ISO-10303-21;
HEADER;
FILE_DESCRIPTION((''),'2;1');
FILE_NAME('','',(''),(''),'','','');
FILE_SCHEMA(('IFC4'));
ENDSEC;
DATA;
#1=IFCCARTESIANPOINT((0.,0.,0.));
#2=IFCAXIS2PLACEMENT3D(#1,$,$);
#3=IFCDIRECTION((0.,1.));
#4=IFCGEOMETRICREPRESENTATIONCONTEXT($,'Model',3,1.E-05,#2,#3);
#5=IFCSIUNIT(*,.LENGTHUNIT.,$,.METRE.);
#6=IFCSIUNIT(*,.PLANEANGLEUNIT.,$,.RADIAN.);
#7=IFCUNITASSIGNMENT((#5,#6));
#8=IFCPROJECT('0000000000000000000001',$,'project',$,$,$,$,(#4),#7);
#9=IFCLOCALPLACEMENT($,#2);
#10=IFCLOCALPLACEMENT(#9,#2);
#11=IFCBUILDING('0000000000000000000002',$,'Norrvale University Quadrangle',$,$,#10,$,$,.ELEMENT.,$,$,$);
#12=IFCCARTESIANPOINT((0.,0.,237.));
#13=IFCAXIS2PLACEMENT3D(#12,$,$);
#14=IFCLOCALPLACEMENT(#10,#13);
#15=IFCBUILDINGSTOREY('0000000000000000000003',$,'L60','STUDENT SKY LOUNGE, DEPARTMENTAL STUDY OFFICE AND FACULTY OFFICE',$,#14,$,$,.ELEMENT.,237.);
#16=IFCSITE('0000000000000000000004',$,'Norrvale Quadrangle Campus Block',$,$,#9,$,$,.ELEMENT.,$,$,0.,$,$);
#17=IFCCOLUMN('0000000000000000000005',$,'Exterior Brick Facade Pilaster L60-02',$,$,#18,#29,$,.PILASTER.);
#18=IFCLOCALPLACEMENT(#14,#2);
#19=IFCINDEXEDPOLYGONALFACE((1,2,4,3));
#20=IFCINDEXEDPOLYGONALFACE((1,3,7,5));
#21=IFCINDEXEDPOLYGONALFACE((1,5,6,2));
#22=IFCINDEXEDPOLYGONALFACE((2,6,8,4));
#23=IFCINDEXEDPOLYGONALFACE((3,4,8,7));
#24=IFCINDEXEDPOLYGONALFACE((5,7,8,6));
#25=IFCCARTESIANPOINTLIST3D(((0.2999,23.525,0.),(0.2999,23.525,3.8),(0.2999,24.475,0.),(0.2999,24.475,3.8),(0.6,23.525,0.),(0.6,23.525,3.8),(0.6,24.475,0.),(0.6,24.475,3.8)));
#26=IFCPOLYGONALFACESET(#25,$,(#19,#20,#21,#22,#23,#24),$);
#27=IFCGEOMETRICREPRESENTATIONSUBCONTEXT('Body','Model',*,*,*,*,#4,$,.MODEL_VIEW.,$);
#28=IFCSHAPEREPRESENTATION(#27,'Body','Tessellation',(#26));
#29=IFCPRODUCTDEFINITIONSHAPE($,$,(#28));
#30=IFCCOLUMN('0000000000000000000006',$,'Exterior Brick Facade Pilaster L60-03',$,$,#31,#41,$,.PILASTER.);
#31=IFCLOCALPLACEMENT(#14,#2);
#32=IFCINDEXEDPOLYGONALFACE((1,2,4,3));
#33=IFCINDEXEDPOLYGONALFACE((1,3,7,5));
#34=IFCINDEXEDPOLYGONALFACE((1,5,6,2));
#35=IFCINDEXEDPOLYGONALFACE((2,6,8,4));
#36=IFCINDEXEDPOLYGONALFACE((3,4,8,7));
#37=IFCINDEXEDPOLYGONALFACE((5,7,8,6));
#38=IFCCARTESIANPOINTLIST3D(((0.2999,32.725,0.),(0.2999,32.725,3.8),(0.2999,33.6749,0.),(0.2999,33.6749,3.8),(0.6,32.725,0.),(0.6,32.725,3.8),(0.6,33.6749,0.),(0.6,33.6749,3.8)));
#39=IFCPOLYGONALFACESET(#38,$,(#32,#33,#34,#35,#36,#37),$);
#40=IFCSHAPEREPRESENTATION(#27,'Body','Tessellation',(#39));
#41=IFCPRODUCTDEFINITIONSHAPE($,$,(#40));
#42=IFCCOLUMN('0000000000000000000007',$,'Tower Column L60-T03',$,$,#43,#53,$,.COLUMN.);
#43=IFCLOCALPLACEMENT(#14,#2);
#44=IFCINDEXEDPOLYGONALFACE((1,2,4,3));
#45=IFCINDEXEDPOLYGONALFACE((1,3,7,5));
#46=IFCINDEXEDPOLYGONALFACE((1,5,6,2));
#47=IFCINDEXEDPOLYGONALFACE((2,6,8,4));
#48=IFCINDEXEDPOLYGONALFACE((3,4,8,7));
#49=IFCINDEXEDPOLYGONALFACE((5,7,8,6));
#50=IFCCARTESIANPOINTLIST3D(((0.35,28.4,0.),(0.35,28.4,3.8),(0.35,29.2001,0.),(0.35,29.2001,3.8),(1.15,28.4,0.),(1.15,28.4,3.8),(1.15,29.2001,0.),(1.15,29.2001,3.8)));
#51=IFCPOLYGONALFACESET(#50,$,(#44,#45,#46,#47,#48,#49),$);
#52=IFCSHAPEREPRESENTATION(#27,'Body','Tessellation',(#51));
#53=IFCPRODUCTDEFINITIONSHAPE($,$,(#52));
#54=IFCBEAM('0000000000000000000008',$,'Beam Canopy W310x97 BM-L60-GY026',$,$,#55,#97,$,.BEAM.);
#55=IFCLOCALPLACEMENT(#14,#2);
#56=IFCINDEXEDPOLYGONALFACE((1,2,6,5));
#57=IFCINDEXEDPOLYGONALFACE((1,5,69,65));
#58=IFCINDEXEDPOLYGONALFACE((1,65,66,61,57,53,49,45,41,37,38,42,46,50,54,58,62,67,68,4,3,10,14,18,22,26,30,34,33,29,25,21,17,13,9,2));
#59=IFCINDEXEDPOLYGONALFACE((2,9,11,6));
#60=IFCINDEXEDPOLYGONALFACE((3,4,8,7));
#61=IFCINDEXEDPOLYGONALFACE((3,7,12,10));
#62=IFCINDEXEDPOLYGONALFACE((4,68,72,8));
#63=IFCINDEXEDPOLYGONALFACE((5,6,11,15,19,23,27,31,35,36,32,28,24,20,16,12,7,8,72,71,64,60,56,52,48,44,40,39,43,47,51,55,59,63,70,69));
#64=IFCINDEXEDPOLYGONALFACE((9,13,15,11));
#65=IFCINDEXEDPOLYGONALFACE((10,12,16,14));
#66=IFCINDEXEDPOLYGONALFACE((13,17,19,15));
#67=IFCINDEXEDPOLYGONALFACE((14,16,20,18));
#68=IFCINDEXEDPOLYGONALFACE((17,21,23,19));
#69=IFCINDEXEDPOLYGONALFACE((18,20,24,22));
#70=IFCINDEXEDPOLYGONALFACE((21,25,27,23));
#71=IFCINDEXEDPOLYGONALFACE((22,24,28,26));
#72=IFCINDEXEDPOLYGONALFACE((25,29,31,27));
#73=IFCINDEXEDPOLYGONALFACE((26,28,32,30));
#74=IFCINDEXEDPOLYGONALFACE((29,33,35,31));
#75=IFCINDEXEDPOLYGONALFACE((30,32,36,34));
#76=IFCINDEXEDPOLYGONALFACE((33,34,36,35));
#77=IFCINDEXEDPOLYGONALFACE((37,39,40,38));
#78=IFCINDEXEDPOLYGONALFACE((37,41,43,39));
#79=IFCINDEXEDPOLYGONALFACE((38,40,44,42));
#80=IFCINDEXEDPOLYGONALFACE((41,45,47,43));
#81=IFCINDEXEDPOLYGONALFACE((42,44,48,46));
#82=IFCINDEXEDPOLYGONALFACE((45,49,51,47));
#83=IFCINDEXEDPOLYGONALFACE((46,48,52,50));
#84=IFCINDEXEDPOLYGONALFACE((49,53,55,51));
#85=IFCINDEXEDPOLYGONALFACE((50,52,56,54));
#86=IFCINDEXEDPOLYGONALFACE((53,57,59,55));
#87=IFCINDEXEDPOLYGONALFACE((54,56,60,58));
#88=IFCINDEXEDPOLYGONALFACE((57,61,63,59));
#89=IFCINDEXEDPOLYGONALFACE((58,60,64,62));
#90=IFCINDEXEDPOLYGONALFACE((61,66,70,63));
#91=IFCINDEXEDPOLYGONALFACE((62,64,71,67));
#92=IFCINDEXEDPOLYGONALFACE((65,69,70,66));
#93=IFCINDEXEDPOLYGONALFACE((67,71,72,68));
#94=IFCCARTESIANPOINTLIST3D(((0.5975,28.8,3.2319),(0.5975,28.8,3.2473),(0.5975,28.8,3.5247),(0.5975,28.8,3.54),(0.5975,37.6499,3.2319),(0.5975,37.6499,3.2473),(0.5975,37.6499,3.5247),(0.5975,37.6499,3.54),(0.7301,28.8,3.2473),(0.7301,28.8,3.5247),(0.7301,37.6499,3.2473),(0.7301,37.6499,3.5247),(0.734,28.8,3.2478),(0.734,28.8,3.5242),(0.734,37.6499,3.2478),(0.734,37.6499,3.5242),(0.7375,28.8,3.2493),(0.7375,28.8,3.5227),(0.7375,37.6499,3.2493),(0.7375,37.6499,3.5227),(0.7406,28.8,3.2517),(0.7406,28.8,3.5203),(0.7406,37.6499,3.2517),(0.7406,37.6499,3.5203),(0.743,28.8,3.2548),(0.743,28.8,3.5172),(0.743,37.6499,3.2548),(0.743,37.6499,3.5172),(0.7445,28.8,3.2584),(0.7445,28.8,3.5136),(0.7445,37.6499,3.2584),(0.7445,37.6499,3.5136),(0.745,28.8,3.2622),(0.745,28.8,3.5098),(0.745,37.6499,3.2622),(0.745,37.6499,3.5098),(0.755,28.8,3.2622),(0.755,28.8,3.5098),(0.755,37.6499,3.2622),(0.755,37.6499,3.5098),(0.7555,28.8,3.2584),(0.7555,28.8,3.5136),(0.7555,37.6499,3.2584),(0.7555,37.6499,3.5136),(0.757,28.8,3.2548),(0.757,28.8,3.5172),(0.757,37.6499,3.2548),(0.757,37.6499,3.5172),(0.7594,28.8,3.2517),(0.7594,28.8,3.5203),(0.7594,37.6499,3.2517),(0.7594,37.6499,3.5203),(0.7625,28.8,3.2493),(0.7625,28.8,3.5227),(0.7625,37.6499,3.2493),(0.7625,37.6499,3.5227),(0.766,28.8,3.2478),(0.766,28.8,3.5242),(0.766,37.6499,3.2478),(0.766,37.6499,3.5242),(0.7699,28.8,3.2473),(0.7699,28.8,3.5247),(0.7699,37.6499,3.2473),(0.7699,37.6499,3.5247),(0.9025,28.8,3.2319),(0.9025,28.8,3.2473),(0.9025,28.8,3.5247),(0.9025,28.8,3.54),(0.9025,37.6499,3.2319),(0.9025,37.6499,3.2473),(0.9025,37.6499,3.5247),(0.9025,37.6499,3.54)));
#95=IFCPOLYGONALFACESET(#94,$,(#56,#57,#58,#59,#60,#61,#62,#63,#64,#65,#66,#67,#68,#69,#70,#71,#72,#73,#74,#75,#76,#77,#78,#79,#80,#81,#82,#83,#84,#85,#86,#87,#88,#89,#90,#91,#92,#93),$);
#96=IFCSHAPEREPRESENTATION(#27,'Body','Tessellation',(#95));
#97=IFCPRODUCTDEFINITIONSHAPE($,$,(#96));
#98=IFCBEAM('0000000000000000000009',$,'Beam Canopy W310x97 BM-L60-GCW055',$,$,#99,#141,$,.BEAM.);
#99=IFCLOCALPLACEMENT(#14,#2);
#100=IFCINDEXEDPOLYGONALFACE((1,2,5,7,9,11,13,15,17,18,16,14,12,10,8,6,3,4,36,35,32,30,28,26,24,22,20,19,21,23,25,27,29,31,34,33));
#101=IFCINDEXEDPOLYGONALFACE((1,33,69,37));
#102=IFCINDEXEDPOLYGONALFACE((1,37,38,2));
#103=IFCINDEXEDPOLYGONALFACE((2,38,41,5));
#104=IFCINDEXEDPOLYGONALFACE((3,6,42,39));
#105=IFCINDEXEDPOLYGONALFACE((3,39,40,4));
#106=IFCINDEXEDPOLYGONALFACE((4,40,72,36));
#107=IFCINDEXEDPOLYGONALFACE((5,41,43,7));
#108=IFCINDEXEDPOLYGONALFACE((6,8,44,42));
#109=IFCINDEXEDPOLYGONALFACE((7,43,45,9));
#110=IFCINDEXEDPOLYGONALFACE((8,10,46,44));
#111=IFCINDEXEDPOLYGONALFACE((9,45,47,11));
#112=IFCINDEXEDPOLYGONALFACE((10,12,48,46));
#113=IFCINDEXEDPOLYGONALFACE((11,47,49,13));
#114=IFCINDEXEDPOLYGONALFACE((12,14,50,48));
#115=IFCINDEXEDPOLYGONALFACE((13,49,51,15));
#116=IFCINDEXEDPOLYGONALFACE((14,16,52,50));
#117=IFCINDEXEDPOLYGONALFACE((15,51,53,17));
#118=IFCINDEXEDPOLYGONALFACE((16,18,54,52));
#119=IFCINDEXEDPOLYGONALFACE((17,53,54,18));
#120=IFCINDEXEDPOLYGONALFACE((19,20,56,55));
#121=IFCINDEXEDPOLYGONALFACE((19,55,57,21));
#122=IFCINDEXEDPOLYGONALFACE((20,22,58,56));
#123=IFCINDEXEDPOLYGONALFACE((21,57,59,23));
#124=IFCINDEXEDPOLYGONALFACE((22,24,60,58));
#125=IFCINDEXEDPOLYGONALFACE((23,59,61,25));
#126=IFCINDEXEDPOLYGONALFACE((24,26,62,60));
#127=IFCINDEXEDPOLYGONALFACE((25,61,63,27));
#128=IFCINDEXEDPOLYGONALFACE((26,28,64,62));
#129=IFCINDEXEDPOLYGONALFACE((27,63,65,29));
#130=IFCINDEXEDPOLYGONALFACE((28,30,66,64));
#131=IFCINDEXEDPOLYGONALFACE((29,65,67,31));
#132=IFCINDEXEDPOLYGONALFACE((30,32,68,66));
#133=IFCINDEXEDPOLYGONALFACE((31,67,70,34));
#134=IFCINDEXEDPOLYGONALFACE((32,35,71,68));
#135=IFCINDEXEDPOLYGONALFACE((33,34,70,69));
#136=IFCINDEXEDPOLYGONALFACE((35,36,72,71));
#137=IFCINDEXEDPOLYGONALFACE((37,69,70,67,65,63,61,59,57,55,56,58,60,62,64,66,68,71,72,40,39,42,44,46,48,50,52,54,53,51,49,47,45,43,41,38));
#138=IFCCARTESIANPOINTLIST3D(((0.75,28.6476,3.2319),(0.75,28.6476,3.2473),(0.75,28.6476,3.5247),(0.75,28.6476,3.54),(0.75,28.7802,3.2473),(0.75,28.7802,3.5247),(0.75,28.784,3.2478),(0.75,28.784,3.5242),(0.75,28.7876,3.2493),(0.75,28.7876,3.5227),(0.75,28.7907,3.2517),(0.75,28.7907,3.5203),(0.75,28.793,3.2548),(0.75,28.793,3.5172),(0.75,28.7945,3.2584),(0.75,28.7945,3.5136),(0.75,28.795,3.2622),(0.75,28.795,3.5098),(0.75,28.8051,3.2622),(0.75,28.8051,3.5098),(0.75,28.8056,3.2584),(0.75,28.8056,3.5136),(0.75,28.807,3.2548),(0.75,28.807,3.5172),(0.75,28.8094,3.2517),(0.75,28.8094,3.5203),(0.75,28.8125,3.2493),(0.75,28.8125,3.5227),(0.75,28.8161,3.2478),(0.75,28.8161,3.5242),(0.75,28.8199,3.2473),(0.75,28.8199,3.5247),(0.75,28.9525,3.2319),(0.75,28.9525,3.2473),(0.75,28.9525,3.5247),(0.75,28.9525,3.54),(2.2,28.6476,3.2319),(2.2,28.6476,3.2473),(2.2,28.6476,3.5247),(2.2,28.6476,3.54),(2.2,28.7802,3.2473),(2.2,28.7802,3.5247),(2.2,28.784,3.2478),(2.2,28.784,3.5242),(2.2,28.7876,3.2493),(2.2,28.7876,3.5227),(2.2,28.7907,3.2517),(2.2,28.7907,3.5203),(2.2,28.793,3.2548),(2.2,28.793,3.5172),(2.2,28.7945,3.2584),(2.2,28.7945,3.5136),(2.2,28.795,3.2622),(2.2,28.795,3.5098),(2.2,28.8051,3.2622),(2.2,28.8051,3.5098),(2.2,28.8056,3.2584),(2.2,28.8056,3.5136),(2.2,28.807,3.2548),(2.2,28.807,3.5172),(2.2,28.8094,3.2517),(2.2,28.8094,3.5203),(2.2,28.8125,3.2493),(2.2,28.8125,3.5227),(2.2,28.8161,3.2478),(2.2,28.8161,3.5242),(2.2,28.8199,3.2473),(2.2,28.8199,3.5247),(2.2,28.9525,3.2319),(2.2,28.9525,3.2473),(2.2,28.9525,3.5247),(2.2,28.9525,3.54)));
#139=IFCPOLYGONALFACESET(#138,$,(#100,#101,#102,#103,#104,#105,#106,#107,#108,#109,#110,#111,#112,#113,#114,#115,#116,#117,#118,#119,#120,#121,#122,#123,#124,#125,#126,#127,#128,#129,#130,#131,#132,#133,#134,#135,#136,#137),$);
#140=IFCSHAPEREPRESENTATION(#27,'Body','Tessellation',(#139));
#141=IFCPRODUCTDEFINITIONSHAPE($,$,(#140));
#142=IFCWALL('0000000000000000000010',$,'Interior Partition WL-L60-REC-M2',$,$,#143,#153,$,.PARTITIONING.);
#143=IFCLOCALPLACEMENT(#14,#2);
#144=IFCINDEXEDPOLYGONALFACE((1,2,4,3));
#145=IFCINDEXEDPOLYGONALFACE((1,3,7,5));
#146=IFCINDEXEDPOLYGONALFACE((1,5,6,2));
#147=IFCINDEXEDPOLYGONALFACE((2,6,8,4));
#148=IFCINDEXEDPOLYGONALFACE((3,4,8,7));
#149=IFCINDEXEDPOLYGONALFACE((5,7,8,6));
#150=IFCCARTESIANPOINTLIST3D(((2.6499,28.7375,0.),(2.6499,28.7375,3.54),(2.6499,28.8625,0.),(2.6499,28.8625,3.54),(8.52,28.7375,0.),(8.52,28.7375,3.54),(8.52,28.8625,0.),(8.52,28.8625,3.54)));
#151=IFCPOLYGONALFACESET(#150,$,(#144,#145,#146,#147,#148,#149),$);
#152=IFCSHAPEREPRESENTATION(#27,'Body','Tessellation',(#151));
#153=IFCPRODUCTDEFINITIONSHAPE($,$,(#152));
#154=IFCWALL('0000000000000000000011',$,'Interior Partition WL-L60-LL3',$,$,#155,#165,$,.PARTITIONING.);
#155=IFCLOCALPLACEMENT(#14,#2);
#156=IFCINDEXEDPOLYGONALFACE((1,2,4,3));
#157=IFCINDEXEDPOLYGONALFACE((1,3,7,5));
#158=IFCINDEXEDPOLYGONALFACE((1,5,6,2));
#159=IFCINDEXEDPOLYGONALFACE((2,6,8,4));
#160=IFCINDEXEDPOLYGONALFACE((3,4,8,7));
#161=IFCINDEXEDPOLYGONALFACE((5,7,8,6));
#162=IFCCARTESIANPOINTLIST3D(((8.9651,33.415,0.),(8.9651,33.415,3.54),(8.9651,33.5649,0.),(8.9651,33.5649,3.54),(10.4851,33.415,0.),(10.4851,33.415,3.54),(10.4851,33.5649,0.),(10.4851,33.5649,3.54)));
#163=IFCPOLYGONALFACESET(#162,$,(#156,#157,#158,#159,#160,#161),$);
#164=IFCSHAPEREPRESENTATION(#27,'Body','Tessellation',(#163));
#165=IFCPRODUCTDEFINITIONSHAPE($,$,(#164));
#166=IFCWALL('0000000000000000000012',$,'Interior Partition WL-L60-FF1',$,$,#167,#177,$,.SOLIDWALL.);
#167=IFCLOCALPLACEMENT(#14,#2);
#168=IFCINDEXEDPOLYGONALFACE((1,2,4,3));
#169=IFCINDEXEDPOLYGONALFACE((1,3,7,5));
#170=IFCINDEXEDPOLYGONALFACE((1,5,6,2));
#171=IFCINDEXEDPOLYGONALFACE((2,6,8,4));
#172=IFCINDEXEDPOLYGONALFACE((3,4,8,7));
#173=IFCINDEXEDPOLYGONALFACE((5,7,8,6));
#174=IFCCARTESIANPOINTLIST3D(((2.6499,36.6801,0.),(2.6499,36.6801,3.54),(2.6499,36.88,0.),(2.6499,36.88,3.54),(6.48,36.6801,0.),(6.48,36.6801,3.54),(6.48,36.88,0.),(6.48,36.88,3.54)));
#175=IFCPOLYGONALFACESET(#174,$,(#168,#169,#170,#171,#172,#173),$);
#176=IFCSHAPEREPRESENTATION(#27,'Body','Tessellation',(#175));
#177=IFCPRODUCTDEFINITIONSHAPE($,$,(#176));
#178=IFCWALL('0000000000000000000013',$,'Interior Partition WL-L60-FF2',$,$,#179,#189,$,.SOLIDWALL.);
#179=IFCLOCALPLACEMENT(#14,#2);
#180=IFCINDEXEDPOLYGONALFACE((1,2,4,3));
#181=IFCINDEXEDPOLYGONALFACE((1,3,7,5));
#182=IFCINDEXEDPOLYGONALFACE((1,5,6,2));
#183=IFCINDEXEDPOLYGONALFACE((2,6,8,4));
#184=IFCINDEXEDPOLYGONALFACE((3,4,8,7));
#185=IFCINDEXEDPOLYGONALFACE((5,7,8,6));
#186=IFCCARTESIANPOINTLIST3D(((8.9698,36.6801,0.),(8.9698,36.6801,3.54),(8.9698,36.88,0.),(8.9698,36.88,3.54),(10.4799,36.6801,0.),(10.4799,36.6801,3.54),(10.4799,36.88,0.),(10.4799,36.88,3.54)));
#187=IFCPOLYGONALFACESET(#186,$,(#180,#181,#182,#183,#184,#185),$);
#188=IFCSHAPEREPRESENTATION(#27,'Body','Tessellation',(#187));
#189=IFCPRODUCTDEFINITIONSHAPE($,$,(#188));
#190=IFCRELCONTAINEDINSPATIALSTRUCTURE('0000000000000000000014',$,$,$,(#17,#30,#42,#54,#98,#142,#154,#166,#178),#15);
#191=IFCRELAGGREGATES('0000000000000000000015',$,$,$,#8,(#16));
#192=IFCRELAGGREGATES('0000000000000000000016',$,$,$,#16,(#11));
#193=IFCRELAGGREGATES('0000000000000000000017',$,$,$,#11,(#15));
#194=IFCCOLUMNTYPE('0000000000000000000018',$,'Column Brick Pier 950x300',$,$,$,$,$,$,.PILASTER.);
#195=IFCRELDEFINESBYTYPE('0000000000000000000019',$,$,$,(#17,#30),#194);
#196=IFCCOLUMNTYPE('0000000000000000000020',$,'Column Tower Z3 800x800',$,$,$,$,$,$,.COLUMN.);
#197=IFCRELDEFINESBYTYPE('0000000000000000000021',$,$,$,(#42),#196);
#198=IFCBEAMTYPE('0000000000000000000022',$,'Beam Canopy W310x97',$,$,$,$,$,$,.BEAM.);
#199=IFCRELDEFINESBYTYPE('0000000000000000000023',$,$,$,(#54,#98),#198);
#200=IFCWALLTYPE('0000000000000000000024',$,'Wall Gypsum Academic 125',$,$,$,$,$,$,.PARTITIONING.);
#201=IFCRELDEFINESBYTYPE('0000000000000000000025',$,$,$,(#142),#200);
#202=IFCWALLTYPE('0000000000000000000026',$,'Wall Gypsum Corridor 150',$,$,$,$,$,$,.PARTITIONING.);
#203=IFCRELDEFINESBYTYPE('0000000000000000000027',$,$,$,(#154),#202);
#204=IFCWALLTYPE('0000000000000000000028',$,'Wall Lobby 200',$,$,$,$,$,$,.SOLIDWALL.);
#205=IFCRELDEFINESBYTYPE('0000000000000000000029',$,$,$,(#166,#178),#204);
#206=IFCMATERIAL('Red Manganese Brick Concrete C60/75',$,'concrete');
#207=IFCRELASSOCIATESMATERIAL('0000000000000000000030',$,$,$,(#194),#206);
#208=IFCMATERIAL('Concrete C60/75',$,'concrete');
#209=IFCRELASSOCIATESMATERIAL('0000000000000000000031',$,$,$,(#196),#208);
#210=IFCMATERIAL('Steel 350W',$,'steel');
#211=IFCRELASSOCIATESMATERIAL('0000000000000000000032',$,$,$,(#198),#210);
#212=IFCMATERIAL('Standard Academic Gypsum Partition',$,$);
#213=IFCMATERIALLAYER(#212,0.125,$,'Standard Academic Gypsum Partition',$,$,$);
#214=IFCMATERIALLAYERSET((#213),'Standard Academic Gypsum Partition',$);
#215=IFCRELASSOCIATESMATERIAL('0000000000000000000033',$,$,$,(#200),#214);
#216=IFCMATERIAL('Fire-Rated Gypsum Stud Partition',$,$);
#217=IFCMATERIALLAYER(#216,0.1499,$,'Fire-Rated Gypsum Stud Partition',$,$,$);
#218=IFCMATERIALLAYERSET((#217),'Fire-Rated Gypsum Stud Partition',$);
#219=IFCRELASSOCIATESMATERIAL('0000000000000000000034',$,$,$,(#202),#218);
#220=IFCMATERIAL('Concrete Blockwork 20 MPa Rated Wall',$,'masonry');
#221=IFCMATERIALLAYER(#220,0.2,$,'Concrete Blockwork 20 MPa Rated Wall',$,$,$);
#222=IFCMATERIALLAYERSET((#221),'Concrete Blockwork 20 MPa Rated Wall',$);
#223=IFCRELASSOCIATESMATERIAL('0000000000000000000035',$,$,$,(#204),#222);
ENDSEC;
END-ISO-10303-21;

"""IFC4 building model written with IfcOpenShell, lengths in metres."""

from ifc_helpers import new_model, si_unit, direction, frame, frame_2d, origin, origin_2d, place, context, subcontext, project, spatial, rectangle, i_section, extrude, material, layer, layer_set, material_profile, profile_set, type_object, element, save


model = new_model("IFC4")

# Units and contexts
model_context = context("Model", 3, precision=1e-05, world=origin(), true_north=direction((0.0, 1.0)))
body_context = subcontext(model_context, "Body", "Model", "MODEL_VIEW")
ifc_project = project(units=[si_unit("LENGTHUNIT", "METRE"), si_unit("PLANEANGLEUNIT", "RADIAN")], contexts=[model_context])

# Site, building, storey
site_placement = place(None, origin())
site = spatial("IfcSite", under=ifc_project, at=site_placement, Name="Norrvale Quadrangle Campus Block", CompositionType="ELEMENT", RefElevation=0.0)
building_placement = place(site_placement, origin())
building = spatial("IfcBuilding", under=site, at=building_placement, Name="Norrvale University Quadrangle", CompositionType="ELEMENT")
storey_placement = place(building_placement, frame((0.0, 0.0, 237.0)))
storey = spatial("IfcBuildingStorey", under=building, at=storey_placement, Name="L60", Description="STUDENT SKY LOUNGE, DEPARTMENTAL STUDY OFFICE AND FACULTY OFFICE", CompositionType="ELEMENT", Elevation=237.0)

# Columns
ifc_material_1 = material(Name="Red Manganese Brick Concrete C60/75", Category="concrete")
ifc_material_profile_1 = material_profile(ifc_material_1, rectangle(XDim=0.95, YDim=0.3, at=origin_2d()), Name="Red Manganese Brick Concrete C60/75")
ifc_profile_set_1 = profile_set([ifc_material_profile_1], Name="Red Manganese Brick Concrete C60/75")
column_type_1 = type_object("IfcColumnType", Name="Column Brick Pier 950x300", PredefinedType="PILASTER", material=ifc_profile_set_1)
for number, where, z_axis, x_axis, name in (
    (1, (0.45, 24.0, 0.0), (0.0, 0.0, 1.0), (0.0, 1.0, 0.0), "Exterior Brick Facade Pilaster L60-02"),
    (2, (0.45, 33.2, 0.0), (0.0, 0.0, 1.0), (0.0, 1.0, 0.0), "Exterior Brick Facade Pilaster L60-03"),
):
    element("IfcColumn", number, at=place(storey_placement, frame(where, z_axis=z_axis, x_axis=x_axis)), inside=storey, type_object=column_type_1, Name=name, PredefinedType="PILASTER", context=body_context, shape_type="SweptSolid", body=[
        extrude(rectangle(XDim=0.95, YDim=0.3, at=origin_2d()), origin(), (0.0, 0.0, 1.0), 3.8),
    ])
ifc_material_2 = material(Name="Concrete C60/75", Category="concrete")
ifc_material_profile_2 = material_profile(ifc_material_2, rectangle(XDim=0.8, YDim=0.8, at=origin_2d()), Name="Concrete C60/75")
ifc_profile_set_2 = profile_set([ifc_material_profile_2], Name="Concrete C60/75")
column_type_2 = type_object("IfcColumnType", Name="Column Tower Z3 800x800", PredefinedType="COLUMN", material=ifc_profile_set_2)
column_placement = place(storey_placement, frame((0.75, 28.8, 0.0), z_axis=(0.0, 0.0, 1.0), x_axis=(1.0, 0.0, 0.0)))
element("IfcColumn", 3, at=column_placement, inside=storey, type_object=column_type_2, Name="Tower Column L60-T03", PredefinedType="COLUMN", context=body_context, shape_type="SweptSolid", body=[
    extrude(rectangle(XDim=0.8, YDim=0.8, at=origin_2d()), origin(), (0.0, 0.0, 1.0), 3.8),
])

# Beams
ifc_material_3 = material(Name="Steel 350W", Category="steel")
ifc_material_profile_3 = material_profile(ifc_material_3, i_section(OverallWidth=0.3049, OverallDepth=0.3081, WebThickness=0.01, FlangeThickness=0.0154, FilletRadius=0.0149, at=origin_2d()), Name="Steel 350W")
ifc_profile_set_3 = profile_set([ifc_material_profile_3], Name="Steel 350W")
beam_type = type_object("IfcBeamType", Name="Beam Canopy W310x97", PredefinedType="BEAM", material=ifc_profile_set_3)
beam_1_placement = place(storey_placement, frame((0.75, 28.8, 3.386), z_axis=(0.0, 1.0, 0.0), x_axis=(-1.0, 0.0, 0.0)))
element("IfcBeam", 4, at=beam_1_placement, inside=storey, type_object=beam_type, Name="Beam Canopy W310x97 BM-L60-GY026", PredefinedType="BEAM", context=body_context, shape_type="SweptSolid", body=[
    extrude(i_section(OverallWidth=0.3049, OverallDepth=0.3081, WebThickness=0.01, FlangeThickness=0.0154, FilletRadius=0.0149, at=origin_2d()), origin(), (0.0, 0.0, 1.0), 8.8499),
])
beam_2_placement = place(storey_placement, frame((0.75, 28.8, 3.386), z_axis=(1.0, 0.0, 0.0), x_axis=(0.0, 1.0, 0.0)))
element("IfcBeam", 5, at=beam_2_placement, inside=storey, type_object=beam_type, Name="Beam Canopy W310x97 BM-L60-GCW055", PredefinedType="BEAM", context=body_context, shape_type="SweptSolid", body=[
    extrude(i_section(OverallWidth=0.3049, OverallDepth=0.3081, WebThickness=0.01, FlangeThickness=0.0154, FilletRadius=0.0149, at=origin_2d()), origin(), (0.0, 0.0, 1.0), 1.45),
])

# Walls
ifc_material_4 = material(Name="Standard Academic Gypsum Partition")
ifc_layer_1 = layer(ifc_material_4, 0.125, Name="Standard Academic Gypsum Partition")
ifc_layer_set_1 = layer_set([ifc_layer_1], Name="Standard Academic Gypsum Partition")
wall_type_1 = type_object("IfcWallType", Name="Wall Gypsum Academic 125", PredefinedType="PARTITIONING", material=ifc_layer_set_1)
wall_1_placement = place(storey_placement, frame((2.6499, 28.8, 0.0), z_axis=(0.0, 0.0, 1.0), x_axis=(1.0, 0.0, 0.0)))
element("IfcWall", 6, at=wall_1_placement, inside=storey, type_object=wall_type_1, Name="Interior Partition WL-L60-REC-M2", PredefinedType="PARTITIONING", context=body_context, shape_type="SweptSolid", body=[
    extrude(rectangle(XDim=5.8701, YDim=0.125, at=frame_2d((2.9351, 0.0))), origin(), (0.0, 0.0, 1.0), 3.54),
])
ifc_material_5 = material(Name="Fire-Rated Gypsum Stud Partition")
ifc_layer_2 = layer(ifc_material_5, 0.1499, Name="Fire-Rated Gypsum Stud Partition")
ifc_layer_set_2 = layer_set([ifc_layer_2], Name="Fire-Rated Gypsum Stud Partition")
wall_type_2 = type_object("IfcWallType", Name="Wall Gypsum Corridor 150", PredefinedType="PARTITIONING", material=ifc_layer_set_2)
wall_2_placement = place(storey_placement, frame((8.9651, 33.49, 0.0), z_axis=(0.0, 0.0, 1.0), x_axis=(1.0, 0.0, 0.0)))
element("IfcWall", 7, at=wall_2_placement, inside=storey, type_object=wall_type_2, Name="Interior Partition WL-L60-LL3", PredefinedType="PARTITIONING", context=body_context, shape_type="SweptSolid", body=[
    extrude(rectangle(XDim=1.52, YDim=0.1499, at=frame_2d((0.76, 0.0))), origin(), (0.0, 0.0, 1.0), 3.54),
])
ifc_material_6 = material(Name="Concrete Blockwork 20 MPa Rated Wall", Category="masonry")
ifc_layer_3 = layer(ifc_material_6, 0.2, Name="Concrete Blockwork 20 MPa Rated Wall")
ifc_layer_set_3 = layer_set([ifc_layer_3], Name="Concrete Blockwork 20 MPa Rated Wall")
wall_type_3 = type_object("IfcWallType", Name="Wall Lobby 200", PredefinedType="SOLIDWALL", material=ifc_layer_set_3)
wall_3_placement = place(storey_placement, frame((2.6499, 36.78, 0.0), z_axis=(0.0, 0.0, 1.0), x_axis=(1.0, 0.0, 0.0)))
element("IfcWall", 8, at=wall_3_placement, inside=storey, type_object=wall_type_3, Name="Interior Partition WL-L60-FF1", PredefinedType="SOLIDWALL", context=body_context, shape_type="SweptSolid", body=[
    extrude(rectangle(XDim=3.8301, YDim=0.2, at=frame_2d((1.915, 0.0))), origin(), (0.0, 0.0, 1.0), 3.54),
])
wall_4_placement = place(storey_placement, frame((8.97, 36.78, 0.0), z_axis=(0.0, 0.0, 1.0), x_axis=(1.0, 0.0, 0.0)))
element("IfcWall", 9, at=wall_4_placement, inside=storey, type_object=wall_type_3, Name="Interior Partition WL-L60-FF2", PredefinedType="SOLIDWALL", context=body_context, shape_type="SweptSolid", body=[
    extrude(rectangle(XDim=1.51, YDim=0.2, at=frame_2d((0.7549, 0.0))), origin(), (0.0, 0.0, 1.0), 3.54),
])

save(model, "model.ifc")
